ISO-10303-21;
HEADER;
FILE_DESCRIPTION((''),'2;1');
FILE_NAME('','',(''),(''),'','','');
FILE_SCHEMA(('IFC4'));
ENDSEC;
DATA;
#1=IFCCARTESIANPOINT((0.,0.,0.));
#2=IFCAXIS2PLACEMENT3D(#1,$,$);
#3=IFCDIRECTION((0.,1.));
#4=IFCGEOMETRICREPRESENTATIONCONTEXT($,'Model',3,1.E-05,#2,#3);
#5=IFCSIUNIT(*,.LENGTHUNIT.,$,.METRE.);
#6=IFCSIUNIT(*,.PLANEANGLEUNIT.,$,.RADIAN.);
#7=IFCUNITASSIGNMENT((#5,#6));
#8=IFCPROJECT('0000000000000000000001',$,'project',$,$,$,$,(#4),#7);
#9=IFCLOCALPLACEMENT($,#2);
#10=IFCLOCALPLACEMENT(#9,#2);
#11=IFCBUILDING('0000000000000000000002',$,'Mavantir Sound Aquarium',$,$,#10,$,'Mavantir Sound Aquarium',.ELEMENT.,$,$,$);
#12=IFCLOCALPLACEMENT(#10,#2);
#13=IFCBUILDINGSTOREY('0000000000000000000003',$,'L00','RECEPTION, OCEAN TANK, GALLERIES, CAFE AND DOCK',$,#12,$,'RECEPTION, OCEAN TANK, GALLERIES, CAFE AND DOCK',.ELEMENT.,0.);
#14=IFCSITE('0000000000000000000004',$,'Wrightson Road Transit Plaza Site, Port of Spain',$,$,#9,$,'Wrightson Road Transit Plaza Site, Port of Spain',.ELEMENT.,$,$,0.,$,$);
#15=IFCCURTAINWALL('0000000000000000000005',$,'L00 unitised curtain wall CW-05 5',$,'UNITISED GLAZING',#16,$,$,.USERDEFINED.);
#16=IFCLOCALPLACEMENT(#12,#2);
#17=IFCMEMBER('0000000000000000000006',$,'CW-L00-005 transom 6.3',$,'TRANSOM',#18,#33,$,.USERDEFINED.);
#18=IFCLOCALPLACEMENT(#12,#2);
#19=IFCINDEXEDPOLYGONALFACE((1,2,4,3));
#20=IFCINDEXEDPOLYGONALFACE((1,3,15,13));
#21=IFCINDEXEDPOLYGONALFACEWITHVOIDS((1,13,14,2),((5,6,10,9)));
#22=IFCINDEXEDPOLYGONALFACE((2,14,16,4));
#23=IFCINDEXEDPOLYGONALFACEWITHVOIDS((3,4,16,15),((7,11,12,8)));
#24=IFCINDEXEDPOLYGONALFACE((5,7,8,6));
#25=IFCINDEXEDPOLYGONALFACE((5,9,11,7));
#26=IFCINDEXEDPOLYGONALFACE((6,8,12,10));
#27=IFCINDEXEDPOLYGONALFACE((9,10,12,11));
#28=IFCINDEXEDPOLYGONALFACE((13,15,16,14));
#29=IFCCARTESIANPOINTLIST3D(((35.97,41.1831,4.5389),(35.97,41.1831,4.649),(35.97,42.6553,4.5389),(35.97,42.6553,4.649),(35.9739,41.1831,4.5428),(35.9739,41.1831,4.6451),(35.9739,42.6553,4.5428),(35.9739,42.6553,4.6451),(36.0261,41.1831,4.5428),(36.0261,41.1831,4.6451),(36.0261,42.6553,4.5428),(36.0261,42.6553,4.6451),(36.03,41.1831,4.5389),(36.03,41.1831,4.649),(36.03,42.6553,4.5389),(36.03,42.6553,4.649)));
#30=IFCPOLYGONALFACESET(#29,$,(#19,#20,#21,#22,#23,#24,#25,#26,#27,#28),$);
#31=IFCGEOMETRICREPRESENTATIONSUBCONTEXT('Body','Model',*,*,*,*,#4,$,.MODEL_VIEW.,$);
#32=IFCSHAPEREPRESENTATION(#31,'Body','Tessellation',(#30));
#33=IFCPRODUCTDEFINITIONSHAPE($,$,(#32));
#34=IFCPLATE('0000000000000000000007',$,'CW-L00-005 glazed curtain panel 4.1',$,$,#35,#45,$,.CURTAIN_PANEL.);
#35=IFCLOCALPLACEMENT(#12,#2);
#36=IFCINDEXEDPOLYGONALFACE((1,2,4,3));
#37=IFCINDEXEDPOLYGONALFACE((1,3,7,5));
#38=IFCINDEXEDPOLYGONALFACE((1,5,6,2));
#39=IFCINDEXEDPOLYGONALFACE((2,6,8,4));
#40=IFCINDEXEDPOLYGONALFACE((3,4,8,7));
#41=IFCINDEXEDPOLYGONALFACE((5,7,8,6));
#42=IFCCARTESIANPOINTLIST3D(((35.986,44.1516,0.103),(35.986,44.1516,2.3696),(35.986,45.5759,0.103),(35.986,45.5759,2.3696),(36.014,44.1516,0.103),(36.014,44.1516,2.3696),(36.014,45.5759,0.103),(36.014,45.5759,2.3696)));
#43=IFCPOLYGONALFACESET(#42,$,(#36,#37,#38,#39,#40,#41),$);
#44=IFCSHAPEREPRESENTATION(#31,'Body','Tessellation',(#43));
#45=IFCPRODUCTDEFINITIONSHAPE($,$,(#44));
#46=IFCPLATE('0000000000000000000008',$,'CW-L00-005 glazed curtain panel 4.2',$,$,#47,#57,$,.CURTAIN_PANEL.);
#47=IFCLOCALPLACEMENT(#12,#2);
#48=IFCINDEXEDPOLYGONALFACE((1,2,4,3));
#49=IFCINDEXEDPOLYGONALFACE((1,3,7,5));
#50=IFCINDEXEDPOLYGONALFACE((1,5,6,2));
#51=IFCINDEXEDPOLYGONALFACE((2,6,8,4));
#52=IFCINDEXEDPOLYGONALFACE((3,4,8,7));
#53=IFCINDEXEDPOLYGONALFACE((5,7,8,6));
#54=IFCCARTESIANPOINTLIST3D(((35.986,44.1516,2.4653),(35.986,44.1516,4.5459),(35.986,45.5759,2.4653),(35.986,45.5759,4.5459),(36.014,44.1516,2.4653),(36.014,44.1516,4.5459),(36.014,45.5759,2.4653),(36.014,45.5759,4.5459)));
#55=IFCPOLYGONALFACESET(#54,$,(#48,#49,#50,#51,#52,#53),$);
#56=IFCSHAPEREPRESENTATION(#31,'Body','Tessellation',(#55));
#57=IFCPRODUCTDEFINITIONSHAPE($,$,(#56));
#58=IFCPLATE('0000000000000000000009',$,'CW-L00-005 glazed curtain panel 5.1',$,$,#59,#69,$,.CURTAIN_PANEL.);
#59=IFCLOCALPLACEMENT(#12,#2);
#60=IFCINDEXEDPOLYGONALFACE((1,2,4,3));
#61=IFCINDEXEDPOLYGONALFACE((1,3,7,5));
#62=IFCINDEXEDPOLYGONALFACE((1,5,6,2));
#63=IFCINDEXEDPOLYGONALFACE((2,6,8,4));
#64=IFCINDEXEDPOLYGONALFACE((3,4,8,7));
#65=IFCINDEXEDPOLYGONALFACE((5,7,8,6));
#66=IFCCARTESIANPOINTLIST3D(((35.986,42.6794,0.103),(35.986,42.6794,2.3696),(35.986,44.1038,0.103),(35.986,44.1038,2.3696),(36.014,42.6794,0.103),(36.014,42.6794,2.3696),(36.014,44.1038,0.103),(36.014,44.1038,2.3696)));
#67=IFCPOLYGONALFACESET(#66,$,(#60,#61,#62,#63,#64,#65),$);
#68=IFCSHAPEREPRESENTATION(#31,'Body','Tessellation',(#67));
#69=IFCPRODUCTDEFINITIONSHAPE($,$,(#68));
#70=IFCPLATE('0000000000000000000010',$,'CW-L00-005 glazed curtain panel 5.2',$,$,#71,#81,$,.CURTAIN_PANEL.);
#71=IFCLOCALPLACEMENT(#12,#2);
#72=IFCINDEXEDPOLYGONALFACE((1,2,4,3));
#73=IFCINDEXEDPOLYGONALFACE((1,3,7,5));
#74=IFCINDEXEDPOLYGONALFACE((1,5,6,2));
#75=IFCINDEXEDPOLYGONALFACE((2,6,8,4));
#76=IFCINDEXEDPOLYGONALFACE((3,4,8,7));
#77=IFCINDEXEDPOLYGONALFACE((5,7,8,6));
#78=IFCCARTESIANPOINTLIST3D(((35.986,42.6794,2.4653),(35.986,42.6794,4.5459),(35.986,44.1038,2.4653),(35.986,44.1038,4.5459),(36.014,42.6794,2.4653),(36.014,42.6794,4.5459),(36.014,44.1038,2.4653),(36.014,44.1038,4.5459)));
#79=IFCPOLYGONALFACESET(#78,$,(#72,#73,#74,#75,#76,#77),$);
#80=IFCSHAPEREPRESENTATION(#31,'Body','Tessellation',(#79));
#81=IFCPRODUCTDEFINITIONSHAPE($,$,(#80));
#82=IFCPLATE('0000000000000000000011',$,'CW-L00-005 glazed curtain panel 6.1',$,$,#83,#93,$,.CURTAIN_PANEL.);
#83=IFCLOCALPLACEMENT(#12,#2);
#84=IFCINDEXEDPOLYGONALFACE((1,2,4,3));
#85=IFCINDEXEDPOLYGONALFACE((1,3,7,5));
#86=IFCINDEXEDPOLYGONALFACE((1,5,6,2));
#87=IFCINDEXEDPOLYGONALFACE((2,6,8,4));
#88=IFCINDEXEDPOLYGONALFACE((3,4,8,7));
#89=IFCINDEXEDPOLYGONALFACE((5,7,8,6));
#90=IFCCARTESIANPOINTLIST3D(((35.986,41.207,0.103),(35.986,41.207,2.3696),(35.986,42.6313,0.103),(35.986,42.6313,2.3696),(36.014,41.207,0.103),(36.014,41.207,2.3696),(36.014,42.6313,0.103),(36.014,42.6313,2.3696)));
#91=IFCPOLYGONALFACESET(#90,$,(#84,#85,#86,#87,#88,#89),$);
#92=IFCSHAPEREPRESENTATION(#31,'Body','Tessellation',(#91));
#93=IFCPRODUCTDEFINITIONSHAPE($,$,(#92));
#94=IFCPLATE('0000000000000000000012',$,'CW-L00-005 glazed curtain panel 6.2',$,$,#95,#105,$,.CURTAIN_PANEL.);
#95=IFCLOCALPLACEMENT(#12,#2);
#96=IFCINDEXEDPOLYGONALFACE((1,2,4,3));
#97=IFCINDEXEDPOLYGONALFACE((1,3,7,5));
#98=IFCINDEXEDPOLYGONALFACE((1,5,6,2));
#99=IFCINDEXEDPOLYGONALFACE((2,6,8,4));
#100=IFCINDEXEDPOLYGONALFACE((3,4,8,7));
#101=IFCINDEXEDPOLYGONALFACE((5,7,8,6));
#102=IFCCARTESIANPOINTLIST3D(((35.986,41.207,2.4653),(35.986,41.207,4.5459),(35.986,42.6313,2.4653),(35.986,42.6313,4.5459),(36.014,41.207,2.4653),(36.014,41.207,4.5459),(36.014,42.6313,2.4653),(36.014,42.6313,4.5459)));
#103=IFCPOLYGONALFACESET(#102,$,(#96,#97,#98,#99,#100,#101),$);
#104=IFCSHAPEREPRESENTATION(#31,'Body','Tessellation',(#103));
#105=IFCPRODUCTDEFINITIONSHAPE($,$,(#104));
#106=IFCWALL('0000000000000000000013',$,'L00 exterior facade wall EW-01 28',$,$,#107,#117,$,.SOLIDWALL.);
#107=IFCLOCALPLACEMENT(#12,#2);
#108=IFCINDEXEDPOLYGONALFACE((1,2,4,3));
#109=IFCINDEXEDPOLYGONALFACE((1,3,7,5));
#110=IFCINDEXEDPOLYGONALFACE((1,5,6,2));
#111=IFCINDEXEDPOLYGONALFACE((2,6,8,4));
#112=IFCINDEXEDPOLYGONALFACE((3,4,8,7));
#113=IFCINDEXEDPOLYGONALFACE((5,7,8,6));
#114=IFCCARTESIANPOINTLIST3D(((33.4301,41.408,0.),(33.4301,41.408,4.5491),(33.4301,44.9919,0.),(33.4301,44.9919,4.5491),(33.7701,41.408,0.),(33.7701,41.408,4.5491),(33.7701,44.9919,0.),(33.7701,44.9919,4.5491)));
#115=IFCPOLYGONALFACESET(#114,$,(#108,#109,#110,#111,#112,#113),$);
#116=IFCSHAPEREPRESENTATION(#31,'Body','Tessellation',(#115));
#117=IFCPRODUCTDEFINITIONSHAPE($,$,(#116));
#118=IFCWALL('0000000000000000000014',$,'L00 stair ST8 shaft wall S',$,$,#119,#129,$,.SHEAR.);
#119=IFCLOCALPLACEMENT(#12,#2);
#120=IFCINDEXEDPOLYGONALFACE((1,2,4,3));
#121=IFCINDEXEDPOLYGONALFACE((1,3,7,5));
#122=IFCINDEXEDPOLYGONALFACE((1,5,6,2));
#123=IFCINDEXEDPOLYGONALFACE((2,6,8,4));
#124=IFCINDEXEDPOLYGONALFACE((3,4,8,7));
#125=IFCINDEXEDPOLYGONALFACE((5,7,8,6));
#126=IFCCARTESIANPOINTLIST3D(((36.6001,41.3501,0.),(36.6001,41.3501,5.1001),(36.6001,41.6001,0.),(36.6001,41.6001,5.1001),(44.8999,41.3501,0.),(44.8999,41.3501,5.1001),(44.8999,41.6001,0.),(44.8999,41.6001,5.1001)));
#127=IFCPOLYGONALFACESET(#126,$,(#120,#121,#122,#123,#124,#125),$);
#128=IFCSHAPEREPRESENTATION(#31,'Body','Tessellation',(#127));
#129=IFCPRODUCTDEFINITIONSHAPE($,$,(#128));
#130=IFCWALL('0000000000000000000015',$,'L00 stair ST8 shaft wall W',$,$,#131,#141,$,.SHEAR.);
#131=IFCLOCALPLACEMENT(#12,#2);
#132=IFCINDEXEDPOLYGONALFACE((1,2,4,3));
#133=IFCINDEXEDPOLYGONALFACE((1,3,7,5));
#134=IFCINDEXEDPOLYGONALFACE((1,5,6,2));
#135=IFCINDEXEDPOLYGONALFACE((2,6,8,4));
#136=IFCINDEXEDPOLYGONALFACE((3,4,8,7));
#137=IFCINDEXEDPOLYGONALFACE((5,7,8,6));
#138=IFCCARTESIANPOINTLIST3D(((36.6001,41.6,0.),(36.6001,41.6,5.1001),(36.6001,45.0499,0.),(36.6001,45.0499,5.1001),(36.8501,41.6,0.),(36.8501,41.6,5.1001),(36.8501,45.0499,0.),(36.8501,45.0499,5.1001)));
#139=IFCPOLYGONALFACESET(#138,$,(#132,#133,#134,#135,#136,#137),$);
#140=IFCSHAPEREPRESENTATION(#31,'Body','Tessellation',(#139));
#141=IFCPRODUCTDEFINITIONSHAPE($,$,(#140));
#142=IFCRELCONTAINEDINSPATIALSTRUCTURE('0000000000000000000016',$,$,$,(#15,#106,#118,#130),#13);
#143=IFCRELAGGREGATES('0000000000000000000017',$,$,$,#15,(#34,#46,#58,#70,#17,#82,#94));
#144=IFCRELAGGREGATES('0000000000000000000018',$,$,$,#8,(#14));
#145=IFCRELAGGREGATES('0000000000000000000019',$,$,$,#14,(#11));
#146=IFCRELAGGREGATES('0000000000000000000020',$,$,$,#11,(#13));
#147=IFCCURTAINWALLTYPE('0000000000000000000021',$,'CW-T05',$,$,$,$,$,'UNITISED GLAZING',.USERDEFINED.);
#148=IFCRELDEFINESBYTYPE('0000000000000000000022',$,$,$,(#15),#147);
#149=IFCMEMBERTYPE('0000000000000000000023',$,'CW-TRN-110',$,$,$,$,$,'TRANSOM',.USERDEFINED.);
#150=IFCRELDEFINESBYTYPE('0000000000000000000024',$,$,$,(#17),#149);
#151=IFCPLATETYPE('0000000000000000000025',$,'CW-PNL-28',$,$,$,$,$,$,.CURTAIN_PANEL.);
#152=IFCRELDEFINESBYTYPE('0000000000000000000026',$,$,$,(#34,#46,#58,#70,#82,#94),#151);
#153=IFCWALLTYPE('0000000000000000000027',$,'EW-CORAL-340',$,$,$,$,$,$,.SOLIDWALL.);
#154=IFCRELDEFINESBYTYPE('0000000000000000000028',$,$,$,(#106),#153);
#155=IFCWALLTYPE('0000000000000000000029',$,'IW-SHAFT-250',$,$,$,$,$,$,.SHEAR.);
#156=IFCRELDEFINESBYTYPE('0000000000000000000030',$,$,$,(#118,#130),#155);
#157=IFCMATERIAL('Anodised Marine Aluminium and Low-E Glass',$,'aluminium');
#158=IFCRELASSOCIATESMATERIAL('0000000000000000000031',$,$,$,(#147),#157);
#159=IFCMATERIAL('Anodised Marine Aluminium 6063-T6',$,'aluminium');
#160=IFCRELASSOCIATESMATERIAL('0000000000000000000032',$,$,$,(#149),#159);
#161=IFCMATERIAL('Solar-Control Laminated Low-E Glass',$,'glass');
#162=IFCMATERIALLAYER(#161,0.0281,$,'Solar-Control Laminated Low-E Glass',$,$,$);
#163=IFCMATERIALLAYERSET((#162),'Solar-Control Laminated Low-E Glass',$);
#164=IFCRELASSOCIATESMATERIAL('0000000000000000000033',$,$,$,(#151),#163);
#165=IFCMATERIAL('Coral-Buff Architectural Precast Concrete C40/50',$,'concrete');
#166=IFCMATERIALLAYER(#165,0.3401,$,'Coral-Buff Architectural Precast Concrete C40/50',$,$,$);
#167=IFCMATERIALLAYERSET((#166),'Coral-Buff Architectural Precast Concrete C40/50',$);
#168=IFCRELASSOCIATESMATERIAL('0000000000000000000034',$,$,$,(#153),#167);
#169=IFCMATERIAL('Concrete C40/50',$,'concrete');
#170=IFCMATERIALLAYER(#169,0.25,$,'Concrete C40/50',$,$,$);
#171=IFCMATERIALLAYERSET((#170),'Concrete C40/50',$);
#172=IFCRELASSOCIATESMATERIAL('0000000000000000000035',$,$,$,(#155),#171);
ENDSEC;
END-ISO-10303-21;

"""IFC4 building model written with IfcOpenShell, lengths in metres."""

from ifc_helpers import new_model, si_unit, direction, frame, frame_2d, origin, origin_2d, place, context, subcontext, project, spatial, rectangle, hollow_rectangle, extrude, material, layer, layer_set, material_profile, profile_set, type_object, element, aggregate, save


model = new_model("IFC4")

# Units and contexts
model_context = context("Model", 3, precision=1e-05, world=origin(), true_north=direction((0.0, 1.0)))
body_context = subcontext(model_context, "Body", "Model", "MODEL_VIEW")
ifc_project = project(units=[si_unit("LENGTHUNIT", "METRE"), si_unit("PLANEANGLEUNIT", "RADIAN")], contexts=[model_context])

# Site, building, storey
site_placement = place(None, origin())
site = spatial("IfcSite", under=ifc_project, at=site_placement, Name="Wrightson Road Transit Plaza Site, Port of Spain", LongName="Wrightson Road Transit Plaza Site, Port of Spain", CompositionType="ELEMENT", RefElevation=0.0)
building_placement = place(site_placement, origin())
building = spatial("IfcBuilding", under=site, at=building_placement, Name="Mavantir Sound Aquarium", LongName="Mavantir Sound Aquarium", CompositionType="ELEMENT")
storey_placement = place(building_placement, origin())
storey = spatial("IfcBuildingStorey", under=building, at=storey_placement, Name="L00", Description="RECEPTION, OCEAN TANK, GALLERIES, CAFE AND DOCK", LongName="RECEPTION, OCEAN TANK, GALLERIES, CAFE AND DOCK", CompositionType="ELEMENT", Elevation=0.0)

# Curtain wall, member, plates
ifc_material_1 = material(Name="Anodised Marine Aluminium and Low-E Glass", Category="aluminium")
curtain_wall_type = type_object("IfcCurtainWallType", Name="CW-T05", ElementType="UNITISED GLAZING", PredefinedType="USERDEFINED", material=ifc_material_1)
curtain_wall_placement = place(storey_placement, origin())
curtain_wall = element("IfcCurtainWall", 1, at=curtain_wall_placement, inside=storey, type_object=curtain_wall_type, Name="L00 unitised curtain wall CW-05 5", ObjectType="UNITISED GLAZING", PredefinedType="USERDEFINED")
ifc_material_2 = material(Name="Anodised Marine Aluminium 6063-T6", Category="aluminium")
ifc_material_profile_1 = material_profile(ifc_material_2, hollow_rectangle(XDim=0.0601, YDim=0.1101, WallThickness=0.0039, at=origin_2d()), Name="ALU-TRANSOM-110X60")
ifc_profile_set_1 = profile_set([ifc_material_profile_1], Name="Anodised Marine Aluminium 6063-T6")
member_type_1 = type_object("IfcMemberType", Name="CW-TRN-110", ElementType="TRANSOM", PredefinedType="USERDEFINED", material=ifc_profile_set_1)
member_1_placement = place(storey_placement, frame((36.0, 42.6553, 4.594), z_axis=(0.0, -1.0, 0.0), x_axis=(1.0, 0.0, 0.0)))
member_1 = element("IfcMember", 2, at=member_1_placement, type_object=member_type_1, Name="CW-L00-005 transom 6.3", ObjectType="TRANSOM", PredefinedType="USERDEFINED", context=body_context, shape_type="SweptSolid", body=[
    extrude(hollow_rectangle(XDim=0.0601, YDim=0.1101, WallThickness=0.0039, at=origin_2d()), origin(), (0.0, 0.0, 1.0), 1.4722),
])
ifc_material_3 = material(Name="Solar-Control Laminated Low-E Glass", Category="glass")
ifc_layer_1 = layer(ifc_material_3, 0.0281, Name="Solar-Control Laminated Low-E Glass")
ifc_layer_set_1 = layer_set([ifc_layer_1], Name="Solar-Control Laminated Low-E Glass")
plate_type = type_object("IfcPlateType", Name="CW-PNL-28", PredefinedType="CURTAIN_PANEL", material=ifc_layer_set_1)
plate_1_placement = place(storey_placement, frame((36.0, 44.8638, 0.103), z_axis=(0.0, 0.0, 1.0), x_axis=(0.0, -1.0, 0.0)))
plate_1 = element("IfcPlate", 3, at=plate_1_placement, type_object=plate_type, Name="CW-L00-005 glazed curtain panel 4.1", PredefinedType="CURTAIN_PANEL", context=body_context, shape_type="SweptSolid", body=[
    extrude(rectangle(XDim=1.4243, YDim=0.0281, at=origin_2d()), origin(), (0.0, 0.0, 1.0), 2.2666),
])
plate_2_placement = place(storey_placement, frame((36.0, 44.8638, 2.4653), z_axis=(0.0, 0.0, 1.0), x_axis=(0.0, -1.0, 0.0)))
plate_2 = element("IfcPlate", 4, at=plate_2_placement, type_object=plate_type, Name="CW-L00-005 glazed curtain panel 4.2", PredefinedType="CURTAIN_PANEL", context=body_context, shape_type="SweptSolid", body=[
    extrude(rectangle(XDim=1.4243, YDim=0.0281, at=origin_2d()), origin(), (0.0, 0.0, 1.0), 2.0806),
])
plate_3_placement = place(storey_placement, frame((36.0, 43.3916, 0.103), z_axis=(0.0, 0.0, 1.0), x_axis=(0.0, -1.0, 0.0)))
plate_3 = element("IfcPlate", 5, at=plate_3_placement, type_object=plate_type, Name="CW-L00-005 glazed curtain panel 5.1", PredefinedType="CURTAIN_PANEL", context=body_context, shape_type="SweptSolid", body=[
    extrude(rectangle(XDim=1.4243, YDim=0.0281, at=origin_2d()), origin(), (0.0, 0.0, 1.0), 2.2666),
])
plate_4_placement = place(storey_placement, frame((36.0, 43.3916, 2.4653), z_axis=(0.0, 0.0, 1.0), x_axis=(0.0, -1.0, 0.0)))
plate_4 = element("IfcPlate", 6, at=plate_4_placement, type_object=plate_type, Name="CW-L00-005 glazed curtain panel 5.2", PredefinedType="CURTAIN_PANEL", context=body_context, shape_type="SweptSolid", body=[
    extrude(rectangle(XDim=1.4243, YDim=0.0281, at=origin_2d()), origin(), (0.0, 0.0, 1.0), 2.0806),
])
plate_5_placement = place(storey_placement, frame((36.0, 41.9192, 0.103), z_axis=(0.0, 0.0, 1.0), x_axis=(0.0, -1.0, 0.0)))
plate_5 = element("IfcPlate", 7, at=plate_5_placement, type_object=plate_type, Name="CW-L00-005 glazed curtain panel 6.1", PredefinedType="CURTAIN_PANEL", context=body_context, shape_type="SweptSolid", body=[
    extrude(rectangle(XDim=1.4243, YDim=0.0281, at=origin_2d()), origin(), (0.0, 0.0, 1.0), 2.2666),
])
plate_6_placement = place(storey_placement, frame((36.0, 41.9192, 2.4653), z_axis=(0.0, 0.0, 1.0), x_axis=(0.0, -1.0, 0.0)))
plate_6 = element("IfcPlate", 8, at=plate_6_placement, type_object=plate_type, Name="CW-L00-005 glazed curtain panel 6.2", PredefinedType="CURTAIN_PANEL", context=body_context, shape_type="SweptSolid", body=[
    extrude(rectangle(XDim=1.4243, YDim=0.0281, at=origin_2d()), origin(), (0.0, 0.0, 1.0), 2.0806),
])
aggregate(curtain_wall, [plate_1, plate_2, plate_3, plate_4, member_1, plate_5, plate_6])

# Walls
ifc_material_4 = material(Name="Coral-Buff Architectural Precast Concrete C40/50", Category="concrete")
ifc_layer_2 = layer(ifc_material_4, 0.3401, Name="Coral-Buff Architectural Precast Concrete C40/50")
ifc_layer_set_2 = layer_set([ifc_layer_2], Name="Coral-Buff Architectural Precast Concrete C40/50")
wall_type_1 = type_object("IfcWallType", Name="EW-CORAL-340", PredefinedType="SOLIDWALL", material=ifc_layer_set_2)
wall_1_placement = place(storey_placement, frame((33.6001, 41.408, 0.0), z_axis=(0.0, 0.0, 1.0), x_axis=(0.0, 1.0, 0.0)))
element("IfcWall", 9, at=wall_1_placement, inside=storey, type_object=wall_type_1, Name="L00 exterior facade wall EW-01 28", PredefinedType="SOLIDWALL", context=body_context, shape_type="SweptSolid", body=[
    extrude(rectangle(XDim=3.584, YDim=0.3401, at=frame_2d((1.792, 0.0))), origin(), (0.0, 0.0, 1.0), 4.5491),
])
ifc_material_5 = material(Name="Concrete C40/50", Category="concrete")
ifc_layer_3 = layer(ifc_material_5, 0.25, Name="Concrete C40/50")
ifc_layer_set_3 = layer_set([ifc_layer_3], Name="Concrete C40/50")
wall_type_2 = type_object("IfcWallType", Name="IW-SHAFT-250", PredefinedType="SHEAR", material=ifc_layer_set_3)
wall_2_placement = place(storey_placement, frame((36.6001, 41.4751, 0.0), z_axis=(0.0, 0.0, 1.0), x_axis=(1.0, 0.0, 0.0)))
element("IfcWall", 10, at=wall_2_placement, inside=storey, type_object=wall_type_2, Name="L00 stair ST8 shaft wall S", PredefinedType="SHEAR", context=body_context, shape_type="SweptSolid", body=[
    extrude(rectangle(XDim=8.2998, YDim=0.25, at=frame_2d((4.1499, 0.0))), origin(), (0.0, 0.0, 1.0), 5.1001),
])
wall_3_placement = place(storey_placement, frame((36.7251, 45.05, 0.0), z_axis=(0.0, 0.0, 1.0), x_axis=(0.0, -1.0, 0.0)))
element("IfcWall", 11, at=wall_3_placement, inside=storey, type_object=wall_type_2, Name="L00 stair ST8 shaft wall W", PredefinedType="SHEAR", context=body_context, shape_type="SweptSolid", body=[
    extrude(rectangle(XDim=3.45, YDim=0.25, at=frame_2d((1.7251, 0.0))), origin(), (0.0, 0.0, 1.0), 5.1001),
])

save(model, "model.ifc")
